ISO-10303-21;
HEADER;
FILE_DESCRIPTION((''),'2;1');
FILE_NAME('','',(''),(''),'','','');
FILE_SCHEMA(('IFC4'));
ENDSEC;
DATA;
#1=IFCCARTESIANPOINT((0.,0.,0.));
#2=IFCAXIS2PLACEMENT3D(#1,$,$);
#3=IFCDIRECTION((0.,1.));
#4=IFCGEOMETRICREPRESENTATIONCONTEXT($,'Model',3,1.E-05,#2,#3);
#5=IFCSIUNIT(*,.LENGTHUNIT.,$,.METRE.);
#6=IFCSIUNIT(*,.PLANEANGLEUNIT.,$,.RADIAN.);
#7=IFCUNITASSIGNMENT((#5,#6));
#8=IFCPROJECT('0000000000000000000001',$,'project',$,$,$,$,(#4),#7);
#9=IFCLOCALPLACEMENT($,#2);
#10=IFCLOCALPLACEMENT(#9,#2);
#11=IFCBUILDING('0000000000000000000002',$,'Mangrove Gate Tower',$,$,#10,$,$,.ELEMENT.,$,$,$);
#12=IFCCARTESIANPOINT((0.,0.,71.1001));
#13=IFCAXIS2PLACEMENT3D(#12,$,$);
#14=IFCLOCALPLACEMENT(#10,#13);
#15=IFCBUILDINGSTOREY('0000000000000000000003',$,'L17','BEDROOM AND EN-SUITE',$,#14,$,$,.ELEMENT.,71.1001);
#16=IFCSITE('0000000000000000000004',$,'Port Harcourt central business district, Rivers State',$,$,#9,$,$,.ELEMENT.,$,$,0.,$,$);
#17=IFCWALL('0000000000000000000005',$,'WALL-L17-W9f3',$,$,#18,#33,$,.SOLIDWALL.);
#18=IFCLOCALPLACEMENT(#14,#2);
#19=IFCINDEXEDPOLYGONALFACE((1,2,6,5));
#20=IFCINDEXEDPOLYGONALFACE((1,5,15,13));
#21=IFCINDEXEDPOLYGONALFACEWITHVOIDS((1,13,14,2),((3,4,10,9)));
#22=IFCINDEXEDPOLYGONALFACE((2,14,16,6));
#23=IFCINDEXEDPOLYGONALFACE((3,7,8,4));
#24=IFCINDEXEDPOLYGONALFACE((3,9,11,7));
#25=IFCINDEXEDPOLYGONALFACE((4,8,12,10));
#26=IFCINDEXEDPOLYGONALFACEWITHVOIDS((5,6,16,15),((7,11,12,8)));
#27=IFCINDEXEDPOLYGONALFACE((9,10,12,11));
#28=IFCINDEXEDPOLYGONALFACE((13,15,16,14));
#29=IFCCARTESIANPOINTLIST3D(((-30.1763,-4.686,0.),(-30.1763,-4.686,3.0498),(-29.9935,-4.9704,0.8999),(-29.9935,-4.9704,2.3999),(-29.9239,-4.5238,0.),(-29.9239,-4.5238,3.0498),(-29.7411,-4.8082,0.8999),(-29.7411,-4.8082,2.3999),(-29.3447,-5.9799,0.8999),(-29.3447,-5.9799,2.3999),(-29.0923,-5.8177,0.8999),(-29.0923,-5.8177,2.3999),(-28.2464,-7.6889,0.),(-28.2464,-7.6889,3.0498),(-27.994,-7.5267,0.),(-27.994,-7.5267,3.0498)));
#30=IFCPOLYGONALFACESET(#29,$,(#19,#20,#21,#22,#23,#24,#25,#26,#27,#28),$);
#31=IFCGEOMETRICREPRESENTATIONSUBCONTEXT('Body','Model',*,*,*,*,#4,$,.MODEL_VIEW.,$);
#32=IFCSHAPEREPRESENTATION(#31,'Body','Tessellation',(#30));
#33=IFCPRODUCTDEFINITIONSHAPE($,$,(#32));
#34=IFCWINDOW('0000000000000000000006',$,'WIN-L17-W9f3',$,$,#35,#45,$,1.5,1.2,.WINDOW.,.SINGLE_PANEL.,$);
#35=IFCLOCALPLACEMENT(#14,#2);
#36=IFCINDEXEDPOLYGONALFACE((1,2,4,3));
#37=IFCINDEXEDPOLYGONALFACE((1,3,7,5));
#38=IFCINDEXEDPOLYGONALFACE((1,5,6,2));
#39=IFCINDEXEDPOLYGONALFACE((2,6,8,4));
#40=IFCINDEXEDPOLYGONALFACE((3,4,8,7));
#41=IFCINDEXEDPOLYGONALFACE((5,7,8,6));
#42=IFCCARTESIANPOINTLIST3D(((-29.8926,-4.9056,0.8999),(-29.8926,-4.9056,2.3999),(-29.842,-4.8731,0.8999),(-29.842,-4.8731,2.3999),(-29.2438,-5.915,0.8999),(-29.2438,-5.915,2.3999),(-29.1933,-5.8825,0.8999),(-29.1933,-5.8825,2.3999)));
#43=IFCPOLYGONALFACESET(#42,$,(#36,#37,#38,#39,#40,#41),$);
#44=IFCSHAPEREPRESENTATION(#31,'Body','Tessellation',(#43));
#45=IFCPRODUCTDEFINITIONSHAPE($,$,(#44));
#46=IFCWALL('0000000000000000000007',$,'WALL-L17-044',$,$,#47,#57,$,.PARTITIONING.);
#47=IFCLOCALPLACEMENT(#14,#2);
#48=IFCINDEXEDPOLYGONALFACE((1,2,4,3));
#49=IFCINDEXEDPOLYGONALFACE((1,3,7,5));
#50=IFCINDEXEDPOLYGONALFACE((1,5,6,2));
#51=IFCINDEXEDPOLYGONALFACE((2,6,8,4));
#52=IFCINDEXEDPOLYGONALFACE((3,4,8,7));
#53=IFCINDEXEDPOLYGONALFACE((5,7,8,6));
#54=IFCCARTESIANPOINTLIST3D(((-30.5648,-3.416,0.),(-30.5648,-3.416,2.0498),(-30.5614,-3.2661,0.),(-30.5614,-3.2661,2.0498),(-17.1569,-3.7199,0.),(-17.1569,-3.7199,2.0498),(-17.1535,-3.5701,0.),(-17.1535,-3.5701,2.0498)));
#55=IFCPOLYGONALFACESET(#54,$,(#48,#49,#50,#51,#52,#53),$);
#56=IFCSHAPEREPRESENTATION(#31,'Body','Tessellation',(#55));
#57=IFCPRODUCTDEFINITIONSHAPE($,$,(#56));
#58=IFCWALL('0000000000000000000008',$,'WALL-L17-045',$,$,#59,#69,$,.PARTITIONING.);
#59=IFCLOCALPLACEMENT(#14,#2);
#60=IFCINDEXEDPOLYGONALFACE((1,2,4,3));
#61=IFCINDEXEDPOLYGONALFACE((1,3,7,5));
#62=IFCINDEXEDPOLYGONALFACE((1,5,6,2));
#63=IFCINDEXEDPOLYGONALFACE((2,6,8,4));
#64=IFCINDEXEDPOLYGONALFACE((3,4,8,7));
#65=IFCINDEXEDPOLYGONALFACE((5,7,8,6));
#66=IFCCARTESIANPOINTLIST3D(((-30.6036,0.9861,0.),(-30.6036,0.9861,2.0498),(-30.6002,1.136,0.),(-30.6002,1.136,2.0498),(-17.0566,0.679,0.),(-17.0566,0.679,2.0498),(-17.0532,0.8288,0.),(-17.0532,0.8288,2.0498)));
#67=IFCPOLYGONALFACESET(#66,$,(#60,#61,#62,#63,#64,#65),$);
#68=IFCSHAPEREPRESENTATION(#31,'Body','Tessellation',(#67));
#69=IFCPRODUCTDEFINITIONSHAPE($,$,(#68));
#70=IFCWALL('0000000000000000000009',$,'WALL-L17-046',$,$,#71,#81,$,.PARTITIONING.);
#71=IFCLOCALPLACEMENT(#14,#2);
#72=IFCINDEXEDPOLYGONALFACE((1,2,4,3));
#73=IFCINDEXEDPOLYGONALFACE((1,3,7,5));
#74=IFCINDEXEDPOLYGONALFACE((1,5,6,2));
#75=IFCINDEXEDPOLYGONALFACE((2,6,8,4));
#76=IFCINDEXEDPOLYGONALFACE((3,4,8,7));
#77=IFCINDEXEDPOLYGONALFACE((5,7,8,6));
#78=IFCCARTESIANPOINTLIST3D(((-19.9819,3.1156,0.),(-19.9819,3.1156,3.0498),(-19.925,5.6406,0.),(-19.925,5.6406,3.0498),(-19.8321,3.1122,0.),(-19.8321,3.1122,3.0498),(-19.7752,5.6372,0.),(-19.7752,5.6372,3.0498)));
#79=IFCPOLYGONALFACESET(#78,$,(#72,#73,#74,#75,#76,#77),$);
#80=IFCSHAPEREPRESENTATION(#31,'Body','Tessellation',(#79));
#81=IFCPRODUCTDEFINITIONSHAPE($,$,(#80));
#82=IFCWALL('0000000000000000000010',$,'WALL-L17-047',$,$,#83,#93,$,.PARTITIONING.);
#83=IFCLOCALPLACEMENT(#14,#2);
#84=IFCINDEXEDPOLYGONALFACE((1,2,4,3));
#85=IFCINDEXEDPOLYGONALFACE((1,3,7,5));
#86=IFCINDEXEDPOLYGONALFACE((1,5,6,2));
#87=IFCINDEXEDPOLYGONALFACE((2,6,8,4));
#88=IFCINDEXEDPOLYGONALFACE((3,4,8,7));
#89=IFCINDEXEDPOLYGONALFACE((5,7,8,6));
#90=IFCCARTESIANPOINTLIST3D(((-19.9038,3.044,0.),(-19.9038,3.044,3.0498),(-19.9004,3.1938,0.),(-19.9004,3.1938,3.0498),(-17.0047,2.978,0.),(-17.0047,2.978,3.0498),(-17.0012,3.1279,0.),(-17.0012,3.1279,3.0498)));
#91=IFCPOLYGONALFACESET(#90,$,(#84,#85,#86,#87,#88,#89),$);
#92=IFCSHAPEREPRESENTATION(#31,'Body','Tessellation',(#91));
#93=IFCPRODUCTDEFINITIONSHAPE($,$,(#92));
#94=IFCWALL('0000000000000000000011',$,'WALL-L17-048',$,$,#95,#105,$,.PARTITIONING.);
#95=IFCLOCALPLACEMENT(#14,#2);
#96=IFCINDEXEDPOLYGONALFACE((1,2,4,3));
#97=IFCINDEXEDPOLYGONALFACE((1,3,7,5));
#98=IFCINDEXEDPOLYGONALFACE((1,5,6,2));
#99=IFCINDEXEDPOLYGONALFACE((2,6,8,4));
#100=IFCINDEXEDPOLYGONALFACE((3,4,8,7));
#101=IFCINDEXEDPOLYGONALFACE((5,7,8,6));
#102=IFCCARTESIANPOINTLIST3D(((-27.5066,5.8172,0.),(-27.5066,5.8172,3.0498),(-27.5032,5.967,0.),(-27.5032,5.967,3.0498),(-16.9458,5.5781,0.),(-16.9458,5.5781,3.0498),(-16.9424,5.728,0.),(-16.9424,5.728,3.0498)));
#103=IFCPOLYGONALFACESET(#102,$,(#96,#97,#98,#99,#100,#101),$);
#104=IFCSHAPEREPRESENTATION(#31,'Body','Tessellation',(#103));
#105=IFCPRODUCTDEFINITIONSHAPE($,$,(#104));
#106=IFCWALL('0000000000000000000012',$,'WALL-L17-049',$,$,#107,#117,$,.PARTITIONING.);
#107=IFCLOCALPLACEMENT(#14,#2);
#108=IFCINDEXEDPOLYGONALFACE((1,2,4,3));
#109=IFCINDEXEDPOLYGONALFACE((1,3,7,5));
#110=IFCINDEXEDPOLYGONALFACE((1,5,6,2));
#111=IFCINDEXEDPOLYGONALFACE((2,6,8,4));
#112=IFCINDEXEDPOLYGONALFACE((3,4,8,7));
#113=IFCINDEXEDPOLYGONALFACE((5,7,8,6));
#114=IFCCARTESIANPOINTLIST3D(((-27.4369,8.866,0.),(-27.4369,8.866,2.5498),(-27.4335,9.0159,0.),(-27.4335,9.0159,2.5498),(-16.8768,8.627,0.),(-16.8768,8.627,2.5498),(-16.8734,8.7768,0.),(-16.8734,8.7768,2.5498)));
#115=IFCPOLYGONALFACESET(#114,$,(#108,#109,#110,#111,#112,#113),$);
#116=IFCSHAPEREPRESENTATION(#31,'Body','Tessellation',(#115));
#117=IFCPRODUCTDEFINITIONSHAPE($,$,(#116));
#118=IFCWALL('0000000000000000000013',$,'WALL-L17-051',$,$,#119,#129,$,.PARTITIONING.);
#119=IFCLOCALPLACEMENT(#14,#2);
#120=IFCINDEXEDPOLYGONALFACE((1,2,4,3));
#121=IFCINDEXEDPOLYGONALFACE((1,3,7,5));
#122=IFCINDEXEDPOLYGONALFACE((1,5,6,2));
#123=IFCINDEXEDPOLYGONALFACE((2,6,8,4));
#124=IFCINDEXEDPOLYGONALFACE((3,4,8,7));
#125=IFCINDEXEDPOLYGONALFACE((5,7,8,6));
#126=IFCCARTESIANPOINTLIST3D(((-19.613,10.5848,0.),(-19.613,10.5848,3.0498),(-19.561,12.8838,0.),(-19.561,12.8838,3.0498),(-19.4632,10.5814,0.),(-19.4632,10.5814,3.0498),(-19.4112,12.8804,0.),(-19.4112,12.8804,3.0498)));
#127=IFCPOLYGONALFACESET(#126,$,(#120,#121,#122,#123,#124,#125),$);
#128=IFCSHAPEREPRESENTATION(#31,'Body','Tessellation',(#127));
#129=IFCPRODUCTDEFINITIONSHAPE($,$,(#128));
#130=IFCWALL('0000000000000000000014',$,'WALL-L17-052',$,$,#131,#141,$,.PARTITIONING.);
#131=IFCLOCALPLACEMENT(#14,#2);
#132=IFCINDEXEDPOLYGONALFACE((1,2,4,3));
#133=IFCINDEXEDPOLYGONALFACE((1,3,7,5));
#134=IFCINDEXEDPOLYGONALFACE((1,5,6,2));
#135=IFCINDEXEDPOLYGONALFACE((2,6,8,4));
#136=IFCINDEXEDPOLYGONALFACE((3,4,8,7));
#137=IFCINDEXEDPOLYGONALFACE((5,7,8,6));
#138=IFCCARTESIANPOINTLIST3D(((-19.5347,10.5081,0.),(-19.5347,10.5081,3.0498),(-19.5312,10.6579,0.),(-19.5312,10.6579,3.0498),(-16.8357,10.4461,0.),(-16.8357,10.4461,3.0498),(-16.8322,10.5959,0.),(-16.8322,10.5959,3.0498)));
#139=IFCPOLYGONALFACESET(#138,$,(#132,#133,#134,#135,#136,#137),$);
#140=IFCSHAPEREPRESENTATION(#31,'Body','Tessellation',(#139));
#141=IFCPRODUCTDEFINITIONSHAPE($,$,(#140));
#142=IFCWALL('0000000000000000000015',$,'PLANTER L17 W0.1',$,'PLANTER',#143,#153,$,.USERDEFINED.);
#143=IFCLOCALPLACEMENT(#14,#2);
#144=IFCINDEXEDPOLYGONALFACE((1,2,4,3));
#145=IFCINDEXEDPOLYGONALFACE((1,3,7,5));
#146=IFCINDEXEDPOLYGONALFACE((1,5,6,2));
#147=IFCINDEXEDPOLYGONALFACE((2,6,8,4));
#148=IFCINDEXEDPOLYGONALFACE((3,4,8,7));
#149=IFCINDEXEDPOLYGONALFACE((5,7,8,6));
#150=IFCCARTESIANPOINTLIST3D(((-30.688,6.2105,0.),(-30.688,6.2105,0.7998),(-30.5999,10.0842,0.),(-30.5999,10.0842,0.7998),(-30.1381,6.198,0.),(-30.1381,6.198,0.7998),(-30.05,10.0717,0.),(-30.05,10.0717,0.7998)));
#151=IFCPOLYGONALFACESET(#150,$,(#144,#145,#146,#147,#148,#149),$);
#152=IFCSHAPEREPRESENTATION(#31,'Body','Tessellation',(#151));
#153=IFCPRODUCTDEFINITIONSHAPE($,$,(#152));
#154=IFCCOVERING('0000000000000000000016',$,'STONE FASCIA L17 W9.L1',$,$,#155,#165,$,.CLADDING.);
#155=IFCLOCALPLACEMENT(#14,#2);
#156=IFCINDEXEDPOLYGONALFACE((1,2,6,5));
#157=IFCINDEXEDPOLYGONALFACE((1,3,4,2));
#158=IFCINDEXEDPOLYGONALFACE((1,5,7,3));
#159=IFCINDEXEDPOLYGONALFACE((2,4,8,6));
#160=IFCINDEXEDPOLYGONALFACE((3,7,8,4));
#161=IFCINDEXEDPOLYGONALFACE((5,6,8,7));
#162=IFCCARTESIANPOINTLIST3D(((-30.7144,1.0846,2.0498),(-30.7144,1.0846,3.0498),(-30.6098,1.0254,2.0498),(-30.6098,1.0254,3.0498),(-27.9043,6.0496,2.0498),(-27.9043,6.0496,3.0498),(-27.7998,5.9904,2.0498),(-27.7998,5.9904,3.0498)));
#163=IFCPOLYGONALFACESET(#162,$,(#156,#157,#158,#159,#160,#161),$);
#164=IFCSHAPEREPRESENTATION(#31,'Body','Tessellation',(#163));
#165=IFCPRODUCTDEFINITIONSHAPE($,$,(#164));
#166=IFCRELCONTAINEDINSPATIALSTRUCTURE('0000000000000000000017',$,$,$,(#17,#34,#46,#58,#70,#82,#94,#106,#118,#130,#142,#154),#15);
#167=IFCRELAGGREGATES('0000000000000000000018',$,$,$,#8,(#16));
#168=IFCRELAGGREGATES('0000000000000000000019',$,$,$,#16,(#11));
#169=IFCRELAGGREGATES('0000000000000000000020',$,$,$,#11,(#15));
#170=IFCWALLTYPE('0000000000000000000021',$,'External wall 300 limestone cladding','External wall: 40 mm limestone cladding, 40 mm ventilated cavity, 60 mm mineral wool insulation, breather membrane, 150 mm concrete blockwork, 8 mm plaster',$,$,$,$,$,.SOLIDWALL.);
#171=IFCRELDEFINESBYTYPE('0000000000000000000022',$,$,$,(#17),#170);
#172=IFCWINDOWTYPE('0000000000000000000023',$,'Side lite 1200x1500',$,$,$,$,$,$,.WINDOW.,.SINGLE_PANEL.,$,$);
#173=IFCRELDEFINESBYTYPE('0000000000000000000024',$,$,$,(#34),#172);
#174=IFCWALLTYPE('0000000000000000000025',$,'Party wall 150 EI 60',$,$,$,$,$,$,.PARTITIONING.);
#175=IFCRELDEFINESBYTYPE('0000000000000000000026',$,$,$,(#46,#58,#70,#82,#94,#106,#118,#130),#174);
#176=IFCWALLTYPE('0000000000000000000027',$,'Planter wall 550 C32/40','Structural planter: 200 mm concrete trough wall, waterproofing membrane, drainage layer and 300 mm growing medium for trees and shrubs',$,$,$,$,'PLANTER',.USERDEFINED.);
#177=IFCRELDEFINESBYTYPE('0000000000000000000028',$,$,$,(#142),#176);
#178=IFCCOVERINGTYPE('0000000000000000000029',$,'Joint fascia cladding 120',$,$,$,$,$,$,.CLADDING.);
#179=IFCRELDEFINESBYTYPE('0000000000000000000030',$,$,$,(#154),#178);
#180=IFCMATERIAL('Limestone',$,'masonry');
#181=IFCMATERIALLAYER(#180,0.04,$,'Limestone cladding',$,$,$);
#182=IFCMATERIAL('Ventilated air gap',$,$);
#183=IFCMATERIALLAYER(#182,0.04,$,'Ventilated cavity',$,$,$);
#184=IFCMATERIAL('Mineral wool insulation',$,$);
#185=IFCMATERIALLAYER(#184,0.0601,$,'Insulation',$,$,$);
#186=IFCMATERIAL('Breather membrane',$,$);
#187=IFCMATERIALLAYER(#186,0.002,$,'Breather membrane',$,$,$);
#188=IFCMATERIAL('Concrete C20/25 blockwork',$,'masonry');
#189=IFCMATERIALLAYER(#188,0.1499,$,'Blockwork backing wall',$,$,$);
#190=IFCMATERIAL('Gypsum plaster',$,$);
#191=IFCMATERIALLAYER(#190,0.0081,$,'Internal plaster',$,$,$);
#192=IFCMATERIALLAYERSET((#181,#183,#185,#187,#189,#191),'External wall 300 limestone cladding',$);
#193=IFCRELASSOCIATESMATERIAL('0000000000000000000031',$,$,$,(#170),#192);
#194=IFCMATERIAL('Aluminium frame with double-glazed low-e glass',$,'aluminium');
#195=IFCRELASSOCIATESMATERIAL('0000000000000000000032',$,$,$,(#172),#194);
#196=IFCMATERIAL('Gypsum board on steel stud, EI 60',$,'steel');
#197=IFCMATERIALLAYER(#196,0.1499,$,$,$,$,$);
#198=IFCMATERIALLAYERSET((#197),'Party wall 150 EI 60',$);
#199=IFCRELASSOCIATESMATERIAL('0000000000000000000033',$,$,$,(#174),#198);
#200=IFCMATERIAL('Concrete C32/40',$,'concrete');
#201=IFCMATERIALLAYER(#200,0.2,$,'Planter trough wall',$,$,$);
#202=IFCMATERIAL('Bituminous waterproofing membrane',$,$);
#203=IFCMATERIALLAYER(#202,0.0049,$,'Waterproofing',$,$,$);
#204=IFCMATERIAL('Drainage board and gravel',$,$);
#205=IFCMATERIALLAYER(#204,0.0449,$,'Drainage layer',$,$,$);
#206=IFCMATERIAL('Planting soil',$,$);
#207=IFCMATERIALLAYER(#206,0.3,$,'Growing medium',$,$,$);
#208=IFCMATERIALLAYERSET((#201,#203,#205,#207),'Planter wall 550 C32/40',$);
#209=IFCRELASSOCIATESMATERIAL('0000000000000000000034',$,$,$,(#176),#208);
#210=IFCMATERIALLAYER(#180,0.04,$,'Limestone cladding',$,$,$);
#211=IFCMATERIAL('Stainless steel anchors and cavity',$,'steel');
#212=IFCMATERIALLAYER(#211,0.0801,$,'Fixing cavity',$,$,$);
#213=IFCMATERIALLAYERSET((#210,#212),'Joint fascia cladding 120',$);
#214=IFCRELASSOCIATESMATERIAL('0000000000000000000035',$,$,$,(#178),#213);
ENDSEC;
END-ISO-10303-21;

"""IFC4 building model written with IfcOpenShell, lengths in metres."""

from ifc_helpers import new_model, si_unit, direction, frame, frame_2d, origin, place, context, subcontext, project, spatial, rectangle, extrude, material, layer, layer_set, type_object, element, fill, save


model = new_model("IFC4")

# Units and contexts
model_context = context("Model", 3, precision=1e-05, world=origin(), true_north=direction((0.0, 1.0)))
body_context = subcontext(model_context, "Body", "Model", "MODEL_VIEW")
ifc_project = project(units=[si_unit("LENGTHUNIT", "METRE"), si_unit("PLANEANGLEUNIT", "RADIAN")], contexts=[model_context])

# Site, building, storey
site_placement = place(None, origin())
site = spatial("IfcSite", under=ifc_project, at=site_placement, Name="Port Harcourt central business district, Rivers State", CompositionType="ELEMENT", RefElevation=0.0)
building_placement = place(site_placement, origin())
building = spatial("IfcBuilding", under=site, at=building_placement, Name="Mangrove Gate Tower", CompositionType="ELEMENT")
storey_placement = place(building_placement, frame((0.0, 0.0, 71.1001)))
storey = spatial("IfcBuildingStorey", under=building, at=storey_placement, Name="L17", Description="BEDROOM AND EN-SUITE", CompositionType="ELEMENT", Elevation=71.1001)

# Wall, opening, window
ifc_material_1 = material(Name="Limestone", Category="masonry")
ifc_layer_1 = layer(ifc_material_1, 0.04, Name="Limestone cladding")
ifc_material_2 = material(Name="Ventilated air gap")
ifc_layer_2 = layer(ifc_material_2, 0.04, Name="Ventilated cavity")
ifc_material_3 = material(Name="Mineral wool insulation")
ifc_layer_3 = layer(ifc_material_3, 0.0601, Name="Insulation")
ifc_material_4 = material(Name="Breather membrane")
ifc_layer_4 = layer(ifc_material_4, 0.002, Name="Breather membrane")
ifc_material_5 = material(Name="Concrete C20/25 blockwork", Category="masonry")
ifc_layer_5 = layer(ifc_material_5, 0.1499, Name="Blockwork backing wall")
ifc_material_6 = material(Name="Gypsum plaster")
ifc_layer_6 = layer(ifc_material_6, 0.0081, Name="Internal plaster")
ifc_layer_set_1 = layer_set([ifc_layer_1, ifc_layer_2, ifc_layer_3, ifc_layer_4, ifc_layer_5, ifc_layer_6], Name="External wall 300 limestone cladding")
wall_type_1 = type_object("IfcWallType", Name="External wall 300 limestone cladding", Description="External wall: 40 mm limestone cladding, 40 mm ventilated cavity, 60 mm mineral wool insulation, breather membrane, 150 mm concrete blockwork, 8 mm plaster", PredefinedType="SOLIDWALL", material=ifc_layer_set_1)
ifc_material_7 = material(Name="Aluminium frame with double-glazed low-e glass", Category="aluminium")
window_type = type_object("IfcWindowType", Name="Side lite 1200x1500", PartitioningType="SINGLE_PANEL", PredefinedType="WINDOW", material=ifc_material_7)
wall_1_placement = place(storey_placement, frame((-30.05, -4.605, 0.0), z_axis=(0.0, 0.0, 1.0), x_axis=(0.540654, -0.841245, 0.0)))
wall_1 = element("IfcWall", 1, at=wall_1_placement, inside=storey, type_object=wall_type_1, Name="WALL-L17-W9f3", PredefinedType="SOLIDWALL", context=body_context, shape_type="SweptSolid", body=[
    extrude(rectangle(XDim=3.5696, YDim=0.3, at=frame_2d((1.7847, 0.0))), origin(), (0.0, 0.0, 1.0), 3.0498),
])
opening_1_placement = place(wall_1_placement, frame((0.3379, 0.0, 0.8999)))
opening_1 = element("IfcOpeningElement", 2, at=opening_1_placement, cuts=wall_1, PredefinedType="OPENING", context=body_context, shape_type="SweptSolid", body=[
    extrude(rectangle(XDim=1.2, YDim=1.5, at=frame_2d((0.6001, 0.75))), frame((0.0, 0.1599, 0.0), z_axis=(0.0, -1.0, 0.0), x_axis=(1.0, 0.0, 0.0)), (0.0, 0.0, 1.0), 0.3201),
])
window_1_placement = place(opening_1_placement, origin())
window_1 = element("IfcWindow", 3, at=window_1_placement, inside=storey, type_object=window_type, Name="WIN-L17-W9f3", OverallHeight=1.5, OverallWidth=1.2, PartitioningType="SINGLE_PANEL", PredefinedType="WINDOW", context=body_context, shape_type="SweptSolid", body=[
    extrude(rectangle(XDim=1.2, YDim=1.5, at=frame_2d((0.6001, 0.75))), frame((0.0, 0.03, 0.0), z_axis=(0.0, -1.0, 0.0), x_axis=(1.0, 0.0, 0.0)), (0.0, 0.0, 1.0), 0.0601),
])
fill(opening_1, window_1)

# Walls
ifc_material_8 = material(Name="Gypsum board on steel stud, EI 60", Category="steel")
ifc_layer_7 = layer(ifc_material_8, 0.1499)
ifc_layer_set_2 = layer_set([ifc_layer_7], Name="Party wall 150 EI 60")
wall_type_2 = type_object("IfcWallType", Name="Party wall 150 EI 60", PredefinedType="PARTITIONING", material=ifc_layer_set_2)
wall_2_placement = place(storey_placement, frame((-30.563, -3.3411, 0.0), z_axis=(0.0, 0.0, 1.0), x_axis=(0.999743, -0.022664, 0.0)))
element("IfcWall", 4, at=wall_2_placement, inside=storey, type_object=wall_type_2, Name="WALL-L17-044", PredefinedType="PARTITIONING", context=body_context, shape_type="SweptSolid", body=[
    extrude(rectangle(XDim=13.4114, YDim=0.1499, at=frame_2d((6.7056, 0.0))), origin(), (0.0, 0.0, 1.0), 2.0498),
])
wall_3_placement = place(storey_placement, frame((-30.6021, 1.061, 0.0), z_axis=(0.0, 0.0, 1.0), x_axis=(0.999743, -0.022665, 0.0)))
element("IfcWall", 5, at=wall_3_placement, inside=storey, type_object=wall_type_2, Name="WALL-L17-045", PredefinedType="PARTITIONING", context=body_context, shape_type="SweptSolid", body=[
    extrude(rectangle(XDim=13.5505, YDim=0.1499, at=frame_2d((6.7754, 0.0))), origin(), (0.0, 0.0, 1.0), 2.0498),
])
wall_4_placement = place(storey_placement, frame((-19.907, 3.114, 0.0), z_axis=(0.0, 0.0, 1.0), x_axis=(0.022524, 0.999746, 0.0)))
element("IfcWall", 6, at=wall_4_placement, inside=storey, type_object=wall_type_2, Name="WALL-L17-046", PredefinedType="PARTITIONING", context=body_context, shape_type="SweptSolid", body=[
    extrude(rectangle(XDim=2.5256, YDim=0.1499, at=frame_2d((1.2627, 0.0))), origin(), (0.0, 0.0, 1.0), 3.0498),
])
wall_5_placement = place(storey_placement, frame((-19.9021, 3.1189, 0.0), z_axis=(0.0, 0.0, 1.0), x_axis=(0.999742, -0.022731, 0.0)))
element("IfcWall", 7, at=wall_5_placement, inside=storey, type_object=wall_type_2, Name="WALL-L17-047", PredefinedType="PARTITIONING", context=body_context, shape_type="SweptSolid", body=[
    extrude(rectangle(XDim=2.8999, YDim=0.1499, at=frame_2d((1.45, 0.0))), origin(), (0.0, 0.0, 1.0), 3.0498),
])
wall_6_placement = place(storey_placement, frame((-27.5049, 5.8921, 0.0), z_axis=(0.0, 0.0, 1.0), x_axis=(0.999744, -0.022626, 0.0)))
element("IfcWall", 8, at=wall_6_placement, inside=storey, type_object=wall_type_2, Name="WALL-L17-048", PredefinedType="PARTITIONING", context=body_context, shape_type="SweptSolid", body=[
    extrude(rectangle(XDim=10.5635, YDim=0.1499, at=frame_2d((5.2817, 0.0))), origin(), (0.0, 0.0, 1.0), 3.0498),
])
wall_7_placement = place(storey_placement, frame((-27.4351, 8.9409, 0.0), z_axis=(0.0, 0.0, 1.0), x_axis=(0.999744, -0.022628, 0.0)))
element("IfcWall", 9, at=wall_7_placement, inside=storey, type_object=wall_type_2, Name="WALL-L17-049", PredefinedType="PARTITIONING", context=body_context, shape_type="SweptSolid", body=[
    extrude(rectangle(XDim=10.5627, YDim=0.1499, at=frame_2d((5.2812, 0.0))), origin(), (0.0, 0.0, 1.0), 2.5498),
])
wall_8_placement = place(storey_placement, frame((-19.5381, 10.583, 0.0), z_axis=(0.0, 0.0, 1.0), x_axis=(0.022613, 0.999744, 0.0)))
element("IfcWall", 10, at=wall_8_placement, inside=storey, type_object=wall_type_2, Name="WALL-L17-051", PredefinedType="PARTITIONING", context=body_context, shape_type="SweptSolid", body=[
    extrude(rectangle(XDim=2.2996, YDim=0.1499, at=frame_2d((1.1499, 0.0))), origin(), (0.0, 0.0, 1.0), 3.0498),
])
wall_9_placement = place(storey_placement, frame((-19.533, 10.583, 0.0), z_axis=(0.0, 0.0, 1.0), x_axis=(0.999736, -0.02297, 0.0)))
element("IfcWall", 11, at=wall_9_placement, inside=storey, type_object=wall_type_2, Name="WALL-L17-052", PredefinedType="PARTITIONING", context=body_context, shape_type="SweptSolid", body=[
    extrude(rectangle(XDim=2.6997, YDim=0.1499, at=frame_2d((1.3499, 0.0))), origin(), (0.0, 0.0, 1.0), 3.0498),
])
ifc_material_9 = material(Name="Concrete C32/40", Category="concrete")
ifc_layer_8 = layer(ifc_material_9, 0.2, Name="Planter trough wall")
ifc_material_10 = material(Name="Bituminous waterproofing membrane")
ifc_layer_9 = layer(ifc_material_10, 0.0049, Name="Waterproofing")
ifc_material_11 = material(Name="Drainage board and gravel")
ifc_layer_10 = layer(ifc_material_11, 0.0449, Name="Drainage layer")
ifc_material_12 = material(Name="Planting soil")
ifc_layer_11 = layer(ifc_material_12, 0.3, Name="Growing medium")
ifc_layer_set_3 = layer_set([ifc_layer_8, ifc_layer_9, ifc_layer_10, ifc_layer_11], Name="Planter wall 550 C32/40")
wall_type_3 = type_object("IfcWallType", Name="Planter wall 550 C32/40", Description="Structural planter: 200 mm concrete trough wall, waterproofing membrane, drainage layer and 300 mm growing medium for trees and shrubs", ElementType="PLANTER", PredefinedType="USERDEFINED", material=ifc_layer_set_3)
wall_10_placement = place(storey_placement, frame((-30.4131, 6.2041, 0.0), z_axis=(0.0, 0.0, 1.0), x_axis=(0.022746, 0.999741, 0.0)))
element("IfcWall", 12, at=wall_10_placement, inside=storey, type_object=wall_type_3, Name="PLANTER L17 W0.1", ObjectType="PLANTER", PredefinedType="USERDEFINED", context=body_context, shape_type="SweptSolid", body=[
    extrude(rectangle(XDim=3.8748, YDim=0.55, at=frame_2d((1.9375, 0.0))), origin(), (0.0, 0.0, 1.0), 0.7998),
])

# Covering
ifc_layer_12 = layer(ifc_material_1, 0.04, Name="Limestone cladding")
ifc_material_13 = material(Name="Stainless steel anchors and cavity", Category="steel")
ifc_layer_13 = layer(ifc_material_13, 0.0801, Name="Fixing cavity")
ifc_layer_set_4 = layer_set([ifc_layer_12, ifc_layer_13], Name="Joint fascia cladding 120")
covering_type = type_object("IfcCoveringType", Name="Joint fascia cladding 120", PredefinedType="CLADDING", material=ifc_layer_set_4)
covering_placement = place(storey_placement, frame((-27.8521, 6.02, 2.0498), z_axis=(0.0, 0.0, 1.0), x_axis=(-0.492549, -0.870285, 0.0)))
element("IfcCovering", 13, at=covering_placement, inside=storey, type_object=covering_type, Name="STONE FASCIA L17 W9.L1", PredefinedType="CLADDING", context=body_context, shape_type="SweptSolid", body=[
    extrude(rectangle(XDim=5.7051, YDim=0.1201, at=frame_2d((2.8525, 0.0))), origin(), (0.0, 0.0, 1.0), 1.0),
])

save(model, "model.ifc")
